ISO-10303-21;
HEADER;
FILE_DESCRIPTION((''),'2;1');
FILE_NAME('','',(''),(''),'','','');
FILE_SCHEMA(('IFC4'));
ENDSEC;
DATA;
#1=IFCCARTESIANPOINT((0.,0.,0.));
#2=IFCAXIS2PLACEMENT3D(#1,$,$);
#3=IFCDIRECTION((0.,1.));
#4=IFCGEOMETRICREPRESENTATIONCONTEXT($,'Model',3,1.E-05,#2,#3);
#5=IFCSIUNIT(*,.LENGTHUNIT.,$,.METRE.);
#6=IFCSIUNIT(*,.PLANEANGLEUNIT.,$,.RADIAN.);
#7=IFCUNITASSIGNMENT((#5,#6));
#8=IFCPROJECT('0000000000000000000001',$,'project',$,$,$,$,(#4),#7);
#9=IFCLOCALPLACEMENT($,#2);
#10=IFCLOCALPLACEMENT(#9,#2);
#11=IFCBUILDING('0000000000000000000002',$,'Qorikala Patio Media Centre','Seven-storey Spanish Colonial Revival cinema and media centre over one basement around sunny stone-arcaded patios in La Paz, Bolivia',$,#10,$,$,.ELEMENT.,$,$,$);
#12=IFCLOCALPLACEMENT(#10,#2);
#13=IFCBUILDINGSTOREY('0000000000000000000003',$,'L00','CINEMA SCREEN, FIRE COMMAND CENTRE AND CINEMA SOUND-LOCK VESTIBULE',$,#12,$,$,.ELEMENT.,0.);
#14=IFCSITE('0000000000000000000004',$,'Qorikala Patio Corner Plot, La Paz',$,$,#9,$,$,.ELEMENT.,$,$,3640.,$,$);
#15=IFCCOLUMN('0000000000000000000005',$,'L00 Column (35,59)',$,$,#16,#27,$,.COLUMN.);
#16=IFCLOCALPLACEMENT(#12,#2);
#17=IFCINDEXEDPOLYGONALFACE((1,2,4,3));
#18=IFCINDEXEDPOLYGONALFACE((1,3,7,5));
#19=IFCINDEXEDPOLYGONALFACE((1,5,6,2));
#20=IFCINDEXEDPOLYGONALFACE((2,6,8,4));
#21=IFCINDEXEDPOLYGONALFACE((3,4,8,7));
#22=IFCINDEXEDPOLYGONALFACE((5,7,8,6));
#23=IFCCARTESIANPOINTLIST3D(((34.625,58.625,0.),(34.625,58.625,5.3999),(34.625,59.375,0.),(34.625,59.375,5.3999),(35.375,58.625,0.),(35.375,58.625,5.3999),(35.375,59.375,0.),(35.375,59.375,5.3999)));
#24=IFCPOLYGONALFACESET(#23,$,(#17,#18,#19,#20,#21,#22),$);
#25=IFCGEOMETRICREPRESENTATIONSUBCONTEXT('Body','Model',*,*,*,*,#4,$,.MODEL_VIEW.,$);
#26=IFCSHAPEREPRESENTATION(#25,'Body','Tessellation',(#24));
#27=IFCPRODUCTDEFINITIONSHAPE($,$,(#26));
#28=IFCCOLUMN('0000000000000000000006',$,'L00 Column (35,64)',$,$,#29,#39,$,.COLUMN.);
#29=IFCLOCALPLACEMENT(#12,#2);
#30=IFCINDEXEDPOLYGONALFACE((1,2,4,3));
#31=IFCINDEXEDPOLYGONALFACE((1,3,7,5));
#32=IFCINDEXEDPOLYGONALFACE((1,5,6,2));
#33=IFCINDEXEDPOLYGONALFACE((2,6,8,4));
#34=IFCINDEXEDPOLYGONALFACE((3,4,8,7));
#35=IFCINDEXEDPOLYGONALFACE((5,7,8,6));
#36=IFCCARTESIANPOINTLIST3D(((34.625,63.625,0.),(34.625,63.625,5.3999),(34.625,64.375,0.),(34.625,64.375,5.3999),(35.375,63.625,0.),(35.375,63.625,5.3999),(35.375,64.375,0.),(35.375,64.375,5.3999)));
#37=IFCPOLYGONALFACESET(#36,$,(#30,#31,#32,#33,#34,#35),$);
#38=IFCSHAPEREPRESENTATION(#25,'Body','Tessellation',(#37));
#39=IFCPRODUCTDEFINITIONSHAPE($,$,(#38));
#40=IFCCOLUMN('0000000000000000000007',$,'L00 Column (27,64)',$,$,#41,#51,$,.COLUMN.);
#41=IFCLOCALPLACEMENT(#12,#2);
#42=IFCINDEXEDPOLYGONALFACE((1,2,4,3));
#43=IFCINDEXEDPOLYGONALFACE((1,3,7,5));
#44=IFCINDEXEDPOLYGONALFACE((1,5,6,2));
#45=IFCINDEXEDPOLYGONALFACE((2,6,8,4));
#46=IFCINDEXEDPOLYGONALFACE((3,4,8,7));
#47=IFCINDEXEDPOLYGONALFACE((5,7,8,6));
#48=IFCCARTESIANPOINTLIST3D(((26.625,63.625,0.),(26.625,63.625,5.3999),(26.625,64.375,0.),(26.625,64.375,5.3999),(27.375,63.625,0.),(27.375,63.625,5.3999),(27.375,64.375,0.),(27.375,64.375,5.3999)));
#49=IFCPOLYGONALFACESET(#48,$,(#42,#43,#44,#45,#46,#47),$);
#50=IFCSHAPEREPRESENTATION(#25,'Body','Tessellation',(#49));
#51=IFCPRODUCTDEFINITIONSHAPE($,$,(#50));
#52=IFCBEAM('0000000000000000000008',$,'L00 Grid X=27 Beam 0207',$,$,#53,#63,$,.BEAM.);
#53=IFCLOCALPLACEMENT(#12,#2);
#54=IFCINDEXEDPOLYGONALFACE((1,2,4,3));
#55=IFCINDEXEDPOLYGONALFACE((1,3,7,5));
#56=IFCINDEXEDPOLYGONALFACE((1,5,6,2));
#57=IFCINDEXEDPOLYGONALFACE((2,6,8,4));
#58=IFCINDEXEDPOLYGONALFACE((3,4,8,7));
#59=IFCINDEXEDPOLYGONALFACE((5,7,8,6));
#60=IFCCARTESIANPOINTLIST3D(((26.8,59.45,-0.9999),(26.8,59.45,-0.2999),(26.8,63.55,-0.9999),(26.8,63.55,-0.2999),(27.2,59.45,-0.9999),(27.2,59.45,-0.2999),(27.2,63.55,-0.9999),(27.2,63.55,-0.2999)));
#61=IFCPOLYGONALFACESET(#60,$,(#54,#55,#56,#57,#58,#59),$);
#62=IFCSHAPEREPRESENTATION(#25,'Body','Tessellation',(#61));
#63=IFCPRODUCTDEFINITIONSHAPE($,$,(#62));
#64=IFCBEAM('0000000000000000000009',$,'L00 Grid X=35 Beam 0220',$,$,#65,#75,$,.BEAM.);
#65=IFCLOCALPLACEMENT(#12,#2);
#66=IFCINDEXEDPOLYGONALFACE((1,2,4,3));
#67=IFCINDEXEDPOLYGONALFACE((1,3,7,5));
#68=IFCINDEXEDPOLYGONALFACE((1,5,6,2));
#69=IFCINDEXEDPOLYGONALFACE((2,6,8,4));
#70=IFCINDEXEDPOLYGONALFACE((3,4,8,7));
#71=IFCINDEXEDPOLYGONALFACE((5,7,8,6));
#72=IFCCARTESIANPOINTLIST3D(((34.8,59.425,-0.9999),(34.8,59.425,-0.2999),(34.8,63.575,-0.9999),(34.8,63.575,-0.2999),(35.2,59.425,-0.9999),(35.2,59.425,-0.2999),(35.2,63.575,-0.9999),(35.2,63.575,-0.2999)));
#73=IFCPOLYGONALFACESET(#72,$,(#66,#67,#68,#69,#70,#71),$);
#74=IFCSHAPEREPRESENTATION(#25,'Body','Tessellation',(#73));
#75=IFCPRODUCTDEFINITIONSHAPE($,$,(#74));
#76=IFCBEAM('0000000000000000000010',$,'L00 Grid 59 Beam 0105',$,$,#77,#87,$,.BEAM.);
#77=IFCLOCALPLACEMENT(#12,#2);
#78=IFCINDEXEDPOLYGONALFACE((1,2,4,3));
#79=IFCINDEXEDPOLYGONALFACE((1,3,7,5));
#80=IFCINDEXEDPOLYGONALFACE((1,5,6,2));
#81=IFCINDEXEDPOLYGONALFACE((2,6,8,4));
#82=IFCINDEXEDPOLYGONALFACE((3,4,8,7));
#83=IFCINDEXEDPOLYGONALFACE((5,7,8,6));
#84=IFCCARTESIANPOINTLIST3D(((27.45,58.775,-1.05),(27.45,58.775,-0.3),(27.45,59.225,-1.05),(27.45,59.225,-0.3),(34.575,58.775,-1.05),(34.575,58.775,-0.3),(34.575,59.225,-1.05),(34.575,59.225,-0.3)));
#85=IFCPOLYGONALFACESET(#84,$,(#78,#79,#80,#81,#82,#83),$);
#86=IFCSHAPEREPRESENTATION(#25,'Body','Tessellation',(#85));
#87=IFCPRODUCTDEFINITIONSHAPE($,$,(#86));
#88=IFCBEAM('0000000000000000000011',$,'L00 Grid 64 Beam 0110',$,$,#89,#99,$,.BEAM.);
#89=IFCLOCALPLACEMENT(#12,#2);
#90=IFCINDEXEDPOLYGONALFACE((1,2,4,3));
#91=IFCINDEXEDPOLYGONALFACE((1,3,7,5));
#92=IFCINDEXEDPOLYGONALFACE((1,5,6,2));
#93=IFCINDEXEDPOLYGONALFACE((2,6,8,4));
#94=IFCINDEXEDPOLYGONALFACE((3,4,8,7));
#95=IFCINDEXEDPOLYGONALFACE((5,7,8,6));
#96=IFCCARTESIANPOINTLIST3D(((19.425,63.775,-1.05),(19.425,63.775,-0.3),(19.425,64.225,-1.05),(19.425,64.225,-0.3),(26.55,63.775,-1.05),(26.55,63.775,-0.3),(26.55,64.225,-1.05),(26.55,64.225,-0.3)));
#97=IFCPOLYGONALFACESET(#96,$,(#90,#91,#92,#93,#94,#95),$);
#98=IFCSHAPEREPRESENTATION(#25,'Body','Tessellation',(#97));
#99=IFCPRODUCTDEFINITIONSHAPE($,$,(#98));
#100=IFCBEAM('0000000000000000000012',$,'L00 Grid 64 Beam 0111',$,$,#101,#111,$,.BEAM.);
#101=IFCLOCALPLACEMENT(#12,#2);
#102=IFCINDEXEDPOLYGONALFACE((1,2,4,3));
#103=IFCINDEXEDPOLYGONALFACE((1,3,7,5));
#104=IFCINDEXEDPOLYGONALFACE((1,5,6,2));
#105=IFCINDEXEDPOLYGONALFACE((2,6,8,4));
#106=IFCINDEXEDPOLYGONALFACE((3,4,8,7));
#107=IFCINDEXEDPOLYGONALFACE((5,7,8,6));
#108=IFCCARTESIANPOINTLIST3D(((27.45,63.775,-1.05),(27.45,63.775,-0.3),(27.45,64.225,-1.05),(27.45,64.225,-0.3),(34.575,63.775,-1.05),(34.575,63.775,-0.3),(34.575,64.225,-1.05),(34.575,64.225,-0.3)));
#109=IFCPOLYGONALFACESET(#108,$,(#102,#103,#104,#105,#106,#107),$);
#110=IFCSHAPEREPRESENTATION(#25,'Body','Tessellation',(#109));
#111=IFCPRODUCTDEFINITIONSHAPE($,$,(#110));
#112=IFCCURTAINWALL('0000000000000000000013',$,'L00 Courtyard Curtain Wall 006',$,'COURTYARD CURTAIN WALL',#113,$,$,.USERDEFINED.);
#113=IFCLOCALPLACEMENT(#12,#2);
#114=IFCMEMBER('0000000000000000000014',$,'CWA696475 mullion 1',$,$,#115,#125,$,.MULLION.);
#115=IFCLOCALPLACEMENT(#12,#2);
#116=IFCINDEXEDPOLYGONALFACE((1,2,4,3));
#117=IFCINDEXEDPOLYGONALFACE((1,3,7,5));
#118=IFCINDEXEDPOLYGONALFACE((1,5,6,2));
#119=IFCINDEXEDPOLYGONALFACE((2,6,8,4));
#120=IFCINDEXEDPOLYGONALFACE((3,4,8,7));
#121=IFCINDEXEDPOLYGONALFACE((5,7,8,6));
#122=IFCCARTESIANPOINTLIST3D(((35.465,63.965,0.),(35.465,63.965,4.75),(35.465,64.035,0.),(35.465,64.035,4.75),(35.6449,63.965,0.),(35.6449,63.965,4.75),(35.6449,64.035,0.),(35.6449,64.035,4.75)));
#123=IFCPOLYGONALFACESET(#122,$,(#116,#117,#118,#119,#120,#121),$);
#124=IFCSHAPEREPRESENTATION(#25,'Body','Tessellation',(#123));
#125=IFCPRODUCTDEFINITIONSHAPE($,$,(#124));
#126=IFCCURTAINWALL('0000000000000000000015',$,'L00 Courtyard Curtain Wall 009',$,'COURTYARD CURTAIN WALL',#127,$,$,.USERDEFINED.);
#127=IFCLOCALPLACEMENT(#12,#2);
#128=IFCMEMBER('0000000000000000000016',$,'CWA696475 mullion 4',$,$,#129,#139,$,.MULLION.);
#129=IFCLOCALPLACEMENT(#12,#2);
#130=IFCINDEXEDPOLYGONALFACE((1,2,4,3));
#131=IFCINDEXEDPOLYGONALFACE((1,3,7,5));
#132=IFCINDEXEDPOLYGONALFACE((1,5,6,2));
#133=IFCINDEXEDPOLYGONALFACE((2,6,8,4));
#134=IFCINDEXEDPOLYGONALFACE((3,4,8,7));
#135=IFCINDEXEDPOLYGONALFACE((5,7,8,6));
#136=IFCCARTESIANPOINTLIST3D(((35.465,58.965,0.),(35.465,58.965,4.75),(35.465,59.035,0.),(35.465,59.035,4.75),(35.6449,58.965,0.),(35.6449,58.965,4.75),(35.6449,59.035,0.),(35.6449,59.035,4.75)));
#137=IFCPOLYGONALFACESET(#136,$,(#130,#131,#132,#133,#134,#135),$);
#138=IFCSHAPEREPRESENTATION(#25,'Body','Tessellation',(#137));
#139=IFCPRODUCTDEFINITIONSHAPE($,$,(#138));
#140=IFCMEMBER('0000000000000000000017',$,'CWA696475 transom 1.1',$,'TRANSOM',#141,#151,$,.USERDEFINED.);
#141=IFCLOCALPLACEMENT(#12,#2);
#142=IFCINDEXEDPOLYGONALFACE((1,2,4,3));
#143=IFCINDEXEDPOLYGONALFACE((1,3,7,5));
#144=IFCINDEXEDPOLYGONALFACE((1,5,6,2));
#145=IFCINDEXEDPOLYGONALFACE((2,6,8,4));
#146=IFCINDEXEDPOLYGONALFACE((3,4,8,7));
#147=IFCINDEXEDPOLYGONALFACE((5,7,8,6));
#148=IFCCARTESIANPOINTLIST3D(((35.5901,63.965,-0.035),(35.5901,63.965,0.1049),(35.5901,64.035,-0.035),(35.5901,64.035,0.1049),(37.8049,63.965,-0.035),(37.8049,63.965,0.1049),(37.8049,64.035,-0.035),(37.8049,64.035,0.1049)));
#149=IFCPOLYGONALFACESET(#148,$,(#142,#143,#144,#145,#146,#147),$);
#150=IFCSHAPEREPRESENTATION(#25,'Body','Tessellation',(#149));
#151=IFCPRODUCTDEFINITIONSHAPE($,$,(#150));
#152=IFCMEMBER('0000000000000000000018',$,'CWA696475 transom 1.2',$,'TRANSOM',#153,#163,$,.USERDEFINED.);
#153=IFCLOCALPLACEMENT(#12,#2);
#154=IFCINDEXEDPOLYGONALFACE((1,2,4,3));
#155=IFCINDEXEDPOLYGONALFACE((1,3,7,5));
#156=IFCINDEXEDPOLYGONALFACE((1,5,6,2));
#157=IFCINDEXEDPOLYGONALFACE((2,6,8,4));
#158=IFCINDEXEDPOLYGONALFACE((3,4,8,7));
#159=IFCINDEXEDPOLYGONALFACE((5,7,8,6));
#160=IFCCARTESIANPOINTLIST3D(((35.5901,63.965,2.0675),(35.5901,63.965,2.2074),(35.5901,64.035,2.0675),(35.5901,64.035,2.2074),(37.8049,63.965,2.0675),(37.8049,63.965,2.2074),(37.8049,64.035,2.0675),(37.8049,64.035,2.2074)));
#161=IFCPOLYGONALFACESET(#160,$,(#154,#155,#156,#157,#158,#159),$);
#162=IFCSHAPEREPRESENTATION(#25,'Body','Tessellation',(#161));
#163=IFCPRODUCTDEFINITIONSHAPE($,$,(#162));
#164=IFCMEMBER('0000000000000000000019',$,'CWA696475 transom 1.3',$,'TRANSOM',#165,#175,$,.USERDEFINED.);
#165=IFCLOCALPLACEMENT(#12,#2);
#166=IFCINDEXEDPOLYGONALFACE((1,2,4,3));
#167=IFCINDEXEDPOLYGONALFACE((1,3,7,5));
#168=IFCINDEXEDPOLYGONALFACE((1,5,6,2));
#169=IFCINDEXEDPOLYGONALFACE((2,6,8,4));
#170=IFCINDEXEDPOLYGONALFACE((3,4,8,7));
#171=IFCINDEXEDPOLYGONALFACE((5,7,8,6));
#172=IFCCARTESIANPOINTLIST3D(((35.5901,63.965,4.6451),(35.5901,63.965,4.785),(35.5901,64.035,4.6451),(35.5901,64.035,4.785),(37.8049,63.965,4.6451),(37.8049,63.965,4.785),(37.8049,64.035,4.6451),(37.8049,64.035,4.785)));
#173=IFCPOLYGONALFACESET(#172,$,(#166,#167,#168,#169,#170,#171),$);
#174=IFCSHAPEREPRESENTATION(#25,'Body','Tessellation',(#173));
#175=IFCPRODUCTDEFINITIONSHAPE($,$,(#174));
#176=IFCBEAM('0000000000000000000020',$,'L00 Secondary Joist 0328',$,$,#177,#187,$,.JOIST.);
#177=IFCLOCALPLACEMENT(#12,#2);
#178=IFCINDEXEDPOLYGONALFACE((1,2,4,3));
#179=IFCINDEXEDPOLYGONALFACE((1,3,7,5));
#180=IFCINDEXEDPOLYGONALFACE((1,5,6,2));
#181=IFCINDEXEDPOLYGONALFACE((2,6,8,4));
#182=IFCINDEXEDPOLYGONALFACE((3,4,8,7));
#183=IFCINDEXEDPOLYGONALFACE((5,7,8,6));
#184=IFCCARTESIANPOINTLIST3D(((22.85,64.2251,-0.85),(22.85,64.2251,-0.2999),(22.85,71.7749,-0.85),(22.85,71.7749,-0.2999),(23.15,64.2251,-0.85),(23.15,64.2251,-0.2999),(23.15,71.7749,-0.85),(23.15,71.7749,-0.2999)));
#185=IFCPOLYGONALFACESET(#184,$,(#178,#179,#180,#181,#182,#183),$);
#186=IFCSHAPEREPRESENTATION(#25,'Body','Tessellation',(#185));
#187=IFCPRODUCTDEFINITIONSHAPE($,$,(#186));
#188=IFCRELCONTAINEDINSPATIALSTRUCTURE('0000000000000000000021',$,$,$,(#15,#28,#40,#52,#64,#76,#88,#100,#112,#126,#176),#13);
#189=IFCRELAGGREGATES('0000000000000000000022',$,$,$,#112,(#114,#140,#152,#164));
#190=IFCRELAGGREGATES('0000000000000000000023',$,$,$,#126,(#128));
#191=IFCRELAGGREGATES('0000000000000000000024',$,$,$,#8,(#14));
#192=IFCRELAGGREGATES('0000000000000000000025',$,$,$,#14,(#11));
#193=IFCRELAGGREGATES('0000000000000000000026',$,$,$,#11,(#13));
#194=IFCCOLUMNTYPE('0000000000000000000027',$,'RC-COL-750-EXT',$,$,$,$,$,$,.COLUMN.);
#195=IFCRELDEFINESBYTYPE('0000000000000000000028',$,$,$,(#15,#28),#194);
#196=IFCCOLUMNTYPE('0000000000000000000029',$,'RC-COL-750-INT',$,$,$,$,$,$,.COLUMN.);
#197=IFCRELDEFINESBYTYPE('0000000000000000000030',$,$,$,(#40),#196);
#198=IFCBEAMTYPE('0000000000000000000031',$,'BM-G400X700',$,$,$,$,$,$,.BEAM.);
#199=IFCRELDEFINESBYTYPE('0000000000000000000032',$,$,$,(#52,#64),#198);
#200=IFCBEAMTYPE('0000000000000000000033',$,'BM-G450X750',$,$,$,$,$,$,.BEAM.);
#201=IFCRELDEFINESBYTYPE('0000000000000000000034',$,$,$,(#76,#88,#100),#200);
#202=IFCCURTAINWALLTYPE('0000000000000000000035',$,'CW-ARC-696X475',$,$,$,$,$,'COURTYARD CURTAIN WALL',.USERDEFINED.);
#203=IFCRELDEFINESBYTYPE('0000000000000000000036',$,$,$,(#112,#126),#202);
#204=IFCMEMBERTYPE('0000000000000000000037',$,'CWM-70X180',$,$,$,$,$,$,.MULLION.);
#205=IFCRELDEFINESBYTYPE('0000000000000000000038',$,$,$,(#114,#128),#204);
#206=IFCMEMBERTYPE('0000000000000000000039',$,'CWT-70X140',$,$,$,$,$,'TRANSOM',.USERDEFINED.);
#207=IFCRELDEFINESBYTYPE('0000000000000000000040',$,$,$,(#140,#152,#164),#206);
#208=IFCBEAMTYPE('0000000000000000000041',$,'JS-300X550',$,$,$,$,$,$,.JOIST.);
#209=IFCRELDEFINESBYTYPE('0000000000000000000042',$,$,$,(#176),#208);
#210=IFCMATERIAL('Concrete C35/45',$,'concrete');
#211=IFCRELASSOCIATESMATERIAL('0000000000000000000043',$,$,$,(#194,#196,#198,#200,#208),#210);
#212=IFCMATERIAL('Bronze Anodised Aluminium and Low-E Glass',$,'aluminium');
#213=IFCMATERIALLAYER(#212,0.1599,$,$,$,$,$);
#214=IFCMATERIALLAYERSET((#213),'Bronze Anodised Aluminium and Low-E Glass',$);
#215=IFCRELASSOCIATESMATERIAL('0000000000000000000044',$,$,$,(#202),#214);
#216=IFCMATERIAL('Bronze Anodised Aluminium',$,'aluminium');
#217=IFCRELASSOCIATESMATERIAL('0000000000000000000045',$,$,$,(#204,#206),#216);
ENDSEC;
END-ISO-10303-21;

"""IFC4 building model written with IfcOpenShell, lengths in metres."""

from ifc_helpers import new_model, si_unit, direction, frame, origin, origin_2d, place, context, subcontext, project, spatial, rectangle, extrude, material, layer, layer_set, material_profile, profile_set, type_object, element, aggregate, save


model = new_model("IFC4")

# Units and contexts
model_context = context("Model", 3, precision=1e-05, world=origin(), true_north=direction((0.0, 1.0)))
body_context = subcontext(model_context, "Body", "Model", "MODEL_VIEW")
ifc_project = project(units=[si_unit("LENGTHUNIT", "METRE"), si_unit("PLANEANGLEUNIT", "RADIAN")], contexts=[model_context])

# Site, building, storey
site_placement = place(None, origin())
site = spatial("IfcSite", under=ifc_project, at=site_placement, Name="Qorikala Patio Corner Plot, La Paz", CompositionType="ELEMENT", RefElevation=3640.0)
building_placement = place(site_placement, origin())
building = spatial("IfcBuilding", under=site, at=building_placement, Name="Qorikala Patio Media Centre", Description="Seven-storey Spanish Colonial Revival cinema and media centre over one basement around sunny stone-arcaded patios in La Paz, Bolivia", CompositionType="ELEMENT")
storey_placement = place(building_placement, origin())
storey = spatial("IfcBuildingStorey", under=building, at=storey_placement, Name="L00", Description="CINEMA SCREEN, FIRE COMMAND CENTRE AND CINEMA SOUND-LOCK VESTIBULE", CompositionType="ELEMENT", Elevation=0.0)

# Columns
ifc_material_1 = material(Name="Concrete C35/45", Category="concrete")
ifc_material_profile_1 = material_profile(ifc_material_1, rectangle(XDim=0.75, YDim=0.75, at=origin_2d()), Name="RC 750x750")
ifc_profile_set_1 = profile_set([ifc_material_profile_1], Name="Concrete C35/45")
column_type_1 = type_object("IfcColumnType", Name="RC-COL-750-EXT", PredefinedType="COLUMN", material=ifc_profile_set_1)
for number, where, z_axis, x_axis, name in (
    (1, (35.0, 59.0, 0.0), (0.0, 0.0, 1.0), (1.0, 0.0, 0.0), "L00 Column (35,59)"),
    (2, (35.0, 64.0, 0.0), (0.0, 0.0, 1.0), (1.0, 0.0, 0.0), "L00 Column (35,64)"),
):
    element("IfcColumn", number, at=place(storey_placement, frame(where, z_axis=z_axis, x_axis=x_axis)), inside=storey, type_object=column_type_1, Name=name, PredefinedType="COLUMN", context=body_context, shape_type="SweptSolid", body=[
        extrude(rectangle(XDim=0.75, YDim=0.75, at=origin_2d()), origin(), (0.0, 0.0, 1.0), 5.3999),
    ])
ifc_material_profile_2 = material_profile(ifc_material_1, rectangle(XDim=0.75, YDim=0.75, at=origin_2d()), Name="RC 750x750")
ifc_profile_set_2 = profile_set([ifc_material_profile_2], Name="Concrete C35/45")
column_type_2 = type_object("IfcColumnType", Name="RC-COL-750-INT", PredefinedType="COLUMN", material=ifc_profile_set_2)
column_placement = place(storey_placement, frame((27.0, 64.0, 0.0), z_axis=(0.0, 0.0, 1.0), x_axis=(1.0, 0.0, 0.0)))
element("IfcColumn", 3, at=column_placement, inside=storey, type_object=column_type_2, Name="L00 Column (27,64)", PredefinedType="COLUMN", context=body_context, shape_type="SweptSolid", body=[
    extrude(rectangle(XDim=0.75, YDim=0.75, at=origin_2d()), origin(), (0.0, 0.0, 1.0), 5.3999),
])

# Beams
ifc_material_profile_3 = material_profile(ifc_material_1, rectangle(XDim=0.3999, YDim=0.7, at=origin_2d()), Name="RC 400x700")
ifc_profile_set_3 = profile_set([ifc_material_profile_3], Name="Concrete C35/45")
beam_type_1 = type_object("IfcBeamType", Name="BM-G400X700", PredefinedType="BEAM", material=ifc_profile_set_3)
beam_1_placement = place(storey_placement, frame((27.0, 59.45, -0.6499), z_axis=(0.0, 1.0, 0.0), x_axis=(-1.0, 0.0, 0.0)))
element("IfcBeam", 4, at=beam_1_placement, inside=storey, type_object=beam_type_1, Name="L00 Grid X=27 Beam 0207", PredefinedType="BEAM", context=body_context, shape_type="SweptSolid", body=[
    extrude(rectangle(XDim=0.3999, YDim=0.7, at=origin_2d()), origin(), (0.0, 0.0, 1.0), 4.1001),
])
beam_2_placement = place(storey_placement, frame((35.0, 59.425, -0.6499), z_axis=(0.0, 1.0, 0.0), x_axis=(-1.0, 0.0, 0.0)))
element("IfcBeam", 5, at=beam_2_placement, inside=storey, type_object=beam_type_1, Name="L00 Grid X=35 Beam 0220", PredefinedType="BEAM", context=body_context, shape_type="SweptSolid", body=[
    extrude(rectangle(XDim=0.3999, YDim=0.7, at=origin_2d()), origin(), (0.0, 0.0, 1.0), 4.1499),
])
ifc_material_profile_4 = material_profile(ifc_material_1, rectangle(XDim=0.45, YDim=0.75, at=origin_2d()), Name="RC 450x750")
ifc_profile_set_4 = profile_set([ifc_material_profile_4], Name="Concrete C35/45")
beam_type_2 = type_object("IfcBeamType", Name="BM-G450X750", PredefinedType="BEAM", material=ifc_profile_set_4)
for number, where, z_axis, x_axis, name in (
    (6, (27.45, 59.0, -0.675), (1.0, 0.0, 0.0), (0.0, 1.0, 0.0), "L00 Grid 59 Beam 0105"),
    (7, (19.425, 64.0, -0.675), (1.0, 0.0, 0.0), (0.0, 1.0, 0.0), "L00 Grid 64 Beam 0110"),
    (8, (27.45, 64.0, -0.675), (1.0, 0.0, 0.0), (0.0, 1.0, 0.0), "L00 Grid 64 Beam 0111"),
):
    element("IfcBeam", number, at=place(storey_placement, frame(where, z_axis=z_axis, x_axis=x_axis)), inside=storey, type_object=beam_type_2, Name=name, PredefinedType="BEAM", context=body_context, shape_type="SweptSolid", body=[
        extrude(rectangle(XDim=0.45, YDim=0.75, at=origin_2d()), origin(), (0.0, 0.0, 1.0), 7.125),
    ])

# Curtain walls, members
ifc_material_2 = material(Name="Bronze Anodised Aluminium and Low-E Glass", Category="aluminium")
ifc_layer_1 = layer(ifc_material_2, 0.1599)
ifc_layer_set_1 = layer_set([ifc_layer_1], Name="Bronze Anodised Aluminium and Low-E Glass")
curtain_wall_type = type_object("IfcCurtainWallType", Name="CW-ARC-696X475", ElementType="COURTYARD CURTAIN WALL", PredefinedType="USERDEFINED", material=ifc_layer_set_1)
curtain_wall_1_placement = place(storey_placement, origin())
curtain_wall_1 = element("IfcCurtainWall", 9, at=curtain_wall_1_placement, inside=storey, type_object=curtain_wall_type, Name="L00 Courtyard Curtain Wall 006", ObjectType="COURTYARD CURTAIN WALL", PredefinedType="USERDEFINED")
ifc_material_3 = material(Name="Bronze Anodised Aluminium", Category="aluminium")
ifc_material_profile_5 = material_profile(ifc_material_3, rectangle(XDim=0.0701, YDim=0.1799, at=origin_2d()), Name="ALU MULLION 70x180")
ifc_profile_set_5 = profile_set([ifc_material_profile_5], Name="Bronze Anodised Aluminium")
member_type_1 = type_object("IfcMemberType", Name="CWM-70X180", PredefinedType="MULLION", material=ifc_profile_set_5)
member_1_placement = place(storey_placement, frame((35.5549, 64.0, 0.0), z_axis=(0.0, 0.0, 1.0), x_axis=(0.0, 1.0, 0.0)))
member_1 = element("IfcMember", 10, at=member_1_placement, type_object=member_type_1, Name="CWA696475 mullion 1", PredefinedType="MULLION", context=body_context, shape_type="SweptSolid", body=[
    extrude(rectangle(XDim=0.0701, YDim=0.1799, at=origin_2d()), origin(), (0.0, 0.0, 1.0), 4.75),
])
curtain_wall_2_placement = place(storey_placement, origin())
curtain_wall_2 = element("IfcCurtainWall", 11, at=curtain_wall_2_placement, inside=storey, type_object=curtain_wall_type, Name="L00 Courtyard Curtain Wall 009", ObjectType="COURTYARD CURTAIN WALL", PredefinedType="USERDEFINED")
member_2_placement = place(storey_placement, frame((35.5549, 59.0, 0.0), z_axis=(0.0, 0.0, 1.0), x_axis=(0.0, -1.0, 0.0)))
member_2 = element("IfcMember", 12, at=member_2_placement, type_object=member_type_1, Name="CWA696475 mullion 4", PredefinedType="MULLION", context=body_context, shape_type="SweptSolid", body=[
    extrude(rectangle(XDim=0.0701, YDim=0.1799, at=origin_2d()), origin(), (0.0, 0.0, 1.0), 4.75),
])

# Members
ifc_material_profile_6 = material_profile(ifc_material_3, rectangle(XDim=0.0701, YDim=0.1399, at=origin_2d()), Name="ALU TRANSOM 70x140")
ifc_profile_set_6 = profile_set([ifc_material_profile_6], Name="Bronze Anodised Aluminium")
member_type_2 = type_object("IfcMemberType", Name="CWT-70X140", ElementType="TRANSOM", PredefinedType="USERDEFINED", material=ifc_profile_set_6)
member_3_placement = place(storey_placement, frame((35.5901, 64.0, 0.0349), z_axis=(1.0, 0.0, 0.0), x_axis=(0.0, 1.0, 0.0)))
member_3 = element("IfcMember", 13, at=member_3_placement, type_object=member_type_2, Name="CWA696475 transom 1.1", ObjectType="TRANSOM", PredefinedType="USERDEFINED", context=body_context, shape_type="SweptSolid", body=[
    extrude(rectangle(XDim=0.0701, YDim=0.1399, at=origin_2d()), origin(), (0.0, 0.0, 1.0), 2.2148),
])
member_4_placement = place(storey_placement, frame((35.5901, 64.0, 2.1375), z_axis=(1.0, 0.0, 0.0), x_axis=(0.0, 1.0, 0.0)))
member_4 = element("IfcMember", 14, at=member_4_placement, type_object=member_type_2, Name="CWA696475 transom 1.2", ObjectType="TRANSOM", PredefinedType="USERDEFINED", context=body_context, shape_type="SweptSolid", body=[
    extrude(rectangle(XDim=0.0701, YDim=0.1399, at=origin_2d()), origin(), (0.0, 0.0, 1.0), 2.2148),
])
member_5_placement = place(storey_placement, frame((35.5901, 64.0, 4.7151), z_axis=(1.0, 0.0, 0.0), x_axis=(0.0, 1.0, 0.0)))
member_5 = element("IfcMember", 15, at=member_5_placement, type_object=member_type_2, Name="CWA696475 transom 1.3", ObjectType="TRANSOM", PredefinedType="USERDEFINED", context=body_context, shape_type="SweptSolid", body=[
    extrude(rectangle(XDim=0.0701, YDim=0.1399, at=origin_2d()), origin(), (0.0, 0.0, 1.0), 2.2148),
])

# Beam
ifc_material_profile_7 = material_profile(ifc_material_1, rectangle(XDim=0.3, YDim=0.55, at=origin_2d()), Name="RC 300x550")
ifc_profile_set_7 = profile_set([ifc_material_profile_7], Name="Concrete C35/45")
beam_type_3 = type_object("IfcBeamType", Name="JS-300X550", PredefinedType="JOIST", material=ifc_profile_set_7)
beam_3_placement = place(storey_placement, frame((23.0, 64.2251, -0.575), z_axis=(0.0, 1.0, 0.0), x_axis=(-1.0, 0.0, 0.0)))
element("IfcBeam", 16, at=beam_3_placement, inside=storey, type_object=beam_type_3, Name="L00 Secondary Joist 0328", PredefinedType="JOIST", context=body_context, shape_type="SweptSolid", body=[
    extrude(rectangle(XDim=0.3, YDim=0.55, at=origin_2d()), origin(), (0.0, 0.0, 1.0), 7.5498),
])

aggregate(curtain_wall_1, [member_1, member_3, member_4, member_5])
aggregate(curtain_wall_2, [member_2])

save(model, "model.ifc")
